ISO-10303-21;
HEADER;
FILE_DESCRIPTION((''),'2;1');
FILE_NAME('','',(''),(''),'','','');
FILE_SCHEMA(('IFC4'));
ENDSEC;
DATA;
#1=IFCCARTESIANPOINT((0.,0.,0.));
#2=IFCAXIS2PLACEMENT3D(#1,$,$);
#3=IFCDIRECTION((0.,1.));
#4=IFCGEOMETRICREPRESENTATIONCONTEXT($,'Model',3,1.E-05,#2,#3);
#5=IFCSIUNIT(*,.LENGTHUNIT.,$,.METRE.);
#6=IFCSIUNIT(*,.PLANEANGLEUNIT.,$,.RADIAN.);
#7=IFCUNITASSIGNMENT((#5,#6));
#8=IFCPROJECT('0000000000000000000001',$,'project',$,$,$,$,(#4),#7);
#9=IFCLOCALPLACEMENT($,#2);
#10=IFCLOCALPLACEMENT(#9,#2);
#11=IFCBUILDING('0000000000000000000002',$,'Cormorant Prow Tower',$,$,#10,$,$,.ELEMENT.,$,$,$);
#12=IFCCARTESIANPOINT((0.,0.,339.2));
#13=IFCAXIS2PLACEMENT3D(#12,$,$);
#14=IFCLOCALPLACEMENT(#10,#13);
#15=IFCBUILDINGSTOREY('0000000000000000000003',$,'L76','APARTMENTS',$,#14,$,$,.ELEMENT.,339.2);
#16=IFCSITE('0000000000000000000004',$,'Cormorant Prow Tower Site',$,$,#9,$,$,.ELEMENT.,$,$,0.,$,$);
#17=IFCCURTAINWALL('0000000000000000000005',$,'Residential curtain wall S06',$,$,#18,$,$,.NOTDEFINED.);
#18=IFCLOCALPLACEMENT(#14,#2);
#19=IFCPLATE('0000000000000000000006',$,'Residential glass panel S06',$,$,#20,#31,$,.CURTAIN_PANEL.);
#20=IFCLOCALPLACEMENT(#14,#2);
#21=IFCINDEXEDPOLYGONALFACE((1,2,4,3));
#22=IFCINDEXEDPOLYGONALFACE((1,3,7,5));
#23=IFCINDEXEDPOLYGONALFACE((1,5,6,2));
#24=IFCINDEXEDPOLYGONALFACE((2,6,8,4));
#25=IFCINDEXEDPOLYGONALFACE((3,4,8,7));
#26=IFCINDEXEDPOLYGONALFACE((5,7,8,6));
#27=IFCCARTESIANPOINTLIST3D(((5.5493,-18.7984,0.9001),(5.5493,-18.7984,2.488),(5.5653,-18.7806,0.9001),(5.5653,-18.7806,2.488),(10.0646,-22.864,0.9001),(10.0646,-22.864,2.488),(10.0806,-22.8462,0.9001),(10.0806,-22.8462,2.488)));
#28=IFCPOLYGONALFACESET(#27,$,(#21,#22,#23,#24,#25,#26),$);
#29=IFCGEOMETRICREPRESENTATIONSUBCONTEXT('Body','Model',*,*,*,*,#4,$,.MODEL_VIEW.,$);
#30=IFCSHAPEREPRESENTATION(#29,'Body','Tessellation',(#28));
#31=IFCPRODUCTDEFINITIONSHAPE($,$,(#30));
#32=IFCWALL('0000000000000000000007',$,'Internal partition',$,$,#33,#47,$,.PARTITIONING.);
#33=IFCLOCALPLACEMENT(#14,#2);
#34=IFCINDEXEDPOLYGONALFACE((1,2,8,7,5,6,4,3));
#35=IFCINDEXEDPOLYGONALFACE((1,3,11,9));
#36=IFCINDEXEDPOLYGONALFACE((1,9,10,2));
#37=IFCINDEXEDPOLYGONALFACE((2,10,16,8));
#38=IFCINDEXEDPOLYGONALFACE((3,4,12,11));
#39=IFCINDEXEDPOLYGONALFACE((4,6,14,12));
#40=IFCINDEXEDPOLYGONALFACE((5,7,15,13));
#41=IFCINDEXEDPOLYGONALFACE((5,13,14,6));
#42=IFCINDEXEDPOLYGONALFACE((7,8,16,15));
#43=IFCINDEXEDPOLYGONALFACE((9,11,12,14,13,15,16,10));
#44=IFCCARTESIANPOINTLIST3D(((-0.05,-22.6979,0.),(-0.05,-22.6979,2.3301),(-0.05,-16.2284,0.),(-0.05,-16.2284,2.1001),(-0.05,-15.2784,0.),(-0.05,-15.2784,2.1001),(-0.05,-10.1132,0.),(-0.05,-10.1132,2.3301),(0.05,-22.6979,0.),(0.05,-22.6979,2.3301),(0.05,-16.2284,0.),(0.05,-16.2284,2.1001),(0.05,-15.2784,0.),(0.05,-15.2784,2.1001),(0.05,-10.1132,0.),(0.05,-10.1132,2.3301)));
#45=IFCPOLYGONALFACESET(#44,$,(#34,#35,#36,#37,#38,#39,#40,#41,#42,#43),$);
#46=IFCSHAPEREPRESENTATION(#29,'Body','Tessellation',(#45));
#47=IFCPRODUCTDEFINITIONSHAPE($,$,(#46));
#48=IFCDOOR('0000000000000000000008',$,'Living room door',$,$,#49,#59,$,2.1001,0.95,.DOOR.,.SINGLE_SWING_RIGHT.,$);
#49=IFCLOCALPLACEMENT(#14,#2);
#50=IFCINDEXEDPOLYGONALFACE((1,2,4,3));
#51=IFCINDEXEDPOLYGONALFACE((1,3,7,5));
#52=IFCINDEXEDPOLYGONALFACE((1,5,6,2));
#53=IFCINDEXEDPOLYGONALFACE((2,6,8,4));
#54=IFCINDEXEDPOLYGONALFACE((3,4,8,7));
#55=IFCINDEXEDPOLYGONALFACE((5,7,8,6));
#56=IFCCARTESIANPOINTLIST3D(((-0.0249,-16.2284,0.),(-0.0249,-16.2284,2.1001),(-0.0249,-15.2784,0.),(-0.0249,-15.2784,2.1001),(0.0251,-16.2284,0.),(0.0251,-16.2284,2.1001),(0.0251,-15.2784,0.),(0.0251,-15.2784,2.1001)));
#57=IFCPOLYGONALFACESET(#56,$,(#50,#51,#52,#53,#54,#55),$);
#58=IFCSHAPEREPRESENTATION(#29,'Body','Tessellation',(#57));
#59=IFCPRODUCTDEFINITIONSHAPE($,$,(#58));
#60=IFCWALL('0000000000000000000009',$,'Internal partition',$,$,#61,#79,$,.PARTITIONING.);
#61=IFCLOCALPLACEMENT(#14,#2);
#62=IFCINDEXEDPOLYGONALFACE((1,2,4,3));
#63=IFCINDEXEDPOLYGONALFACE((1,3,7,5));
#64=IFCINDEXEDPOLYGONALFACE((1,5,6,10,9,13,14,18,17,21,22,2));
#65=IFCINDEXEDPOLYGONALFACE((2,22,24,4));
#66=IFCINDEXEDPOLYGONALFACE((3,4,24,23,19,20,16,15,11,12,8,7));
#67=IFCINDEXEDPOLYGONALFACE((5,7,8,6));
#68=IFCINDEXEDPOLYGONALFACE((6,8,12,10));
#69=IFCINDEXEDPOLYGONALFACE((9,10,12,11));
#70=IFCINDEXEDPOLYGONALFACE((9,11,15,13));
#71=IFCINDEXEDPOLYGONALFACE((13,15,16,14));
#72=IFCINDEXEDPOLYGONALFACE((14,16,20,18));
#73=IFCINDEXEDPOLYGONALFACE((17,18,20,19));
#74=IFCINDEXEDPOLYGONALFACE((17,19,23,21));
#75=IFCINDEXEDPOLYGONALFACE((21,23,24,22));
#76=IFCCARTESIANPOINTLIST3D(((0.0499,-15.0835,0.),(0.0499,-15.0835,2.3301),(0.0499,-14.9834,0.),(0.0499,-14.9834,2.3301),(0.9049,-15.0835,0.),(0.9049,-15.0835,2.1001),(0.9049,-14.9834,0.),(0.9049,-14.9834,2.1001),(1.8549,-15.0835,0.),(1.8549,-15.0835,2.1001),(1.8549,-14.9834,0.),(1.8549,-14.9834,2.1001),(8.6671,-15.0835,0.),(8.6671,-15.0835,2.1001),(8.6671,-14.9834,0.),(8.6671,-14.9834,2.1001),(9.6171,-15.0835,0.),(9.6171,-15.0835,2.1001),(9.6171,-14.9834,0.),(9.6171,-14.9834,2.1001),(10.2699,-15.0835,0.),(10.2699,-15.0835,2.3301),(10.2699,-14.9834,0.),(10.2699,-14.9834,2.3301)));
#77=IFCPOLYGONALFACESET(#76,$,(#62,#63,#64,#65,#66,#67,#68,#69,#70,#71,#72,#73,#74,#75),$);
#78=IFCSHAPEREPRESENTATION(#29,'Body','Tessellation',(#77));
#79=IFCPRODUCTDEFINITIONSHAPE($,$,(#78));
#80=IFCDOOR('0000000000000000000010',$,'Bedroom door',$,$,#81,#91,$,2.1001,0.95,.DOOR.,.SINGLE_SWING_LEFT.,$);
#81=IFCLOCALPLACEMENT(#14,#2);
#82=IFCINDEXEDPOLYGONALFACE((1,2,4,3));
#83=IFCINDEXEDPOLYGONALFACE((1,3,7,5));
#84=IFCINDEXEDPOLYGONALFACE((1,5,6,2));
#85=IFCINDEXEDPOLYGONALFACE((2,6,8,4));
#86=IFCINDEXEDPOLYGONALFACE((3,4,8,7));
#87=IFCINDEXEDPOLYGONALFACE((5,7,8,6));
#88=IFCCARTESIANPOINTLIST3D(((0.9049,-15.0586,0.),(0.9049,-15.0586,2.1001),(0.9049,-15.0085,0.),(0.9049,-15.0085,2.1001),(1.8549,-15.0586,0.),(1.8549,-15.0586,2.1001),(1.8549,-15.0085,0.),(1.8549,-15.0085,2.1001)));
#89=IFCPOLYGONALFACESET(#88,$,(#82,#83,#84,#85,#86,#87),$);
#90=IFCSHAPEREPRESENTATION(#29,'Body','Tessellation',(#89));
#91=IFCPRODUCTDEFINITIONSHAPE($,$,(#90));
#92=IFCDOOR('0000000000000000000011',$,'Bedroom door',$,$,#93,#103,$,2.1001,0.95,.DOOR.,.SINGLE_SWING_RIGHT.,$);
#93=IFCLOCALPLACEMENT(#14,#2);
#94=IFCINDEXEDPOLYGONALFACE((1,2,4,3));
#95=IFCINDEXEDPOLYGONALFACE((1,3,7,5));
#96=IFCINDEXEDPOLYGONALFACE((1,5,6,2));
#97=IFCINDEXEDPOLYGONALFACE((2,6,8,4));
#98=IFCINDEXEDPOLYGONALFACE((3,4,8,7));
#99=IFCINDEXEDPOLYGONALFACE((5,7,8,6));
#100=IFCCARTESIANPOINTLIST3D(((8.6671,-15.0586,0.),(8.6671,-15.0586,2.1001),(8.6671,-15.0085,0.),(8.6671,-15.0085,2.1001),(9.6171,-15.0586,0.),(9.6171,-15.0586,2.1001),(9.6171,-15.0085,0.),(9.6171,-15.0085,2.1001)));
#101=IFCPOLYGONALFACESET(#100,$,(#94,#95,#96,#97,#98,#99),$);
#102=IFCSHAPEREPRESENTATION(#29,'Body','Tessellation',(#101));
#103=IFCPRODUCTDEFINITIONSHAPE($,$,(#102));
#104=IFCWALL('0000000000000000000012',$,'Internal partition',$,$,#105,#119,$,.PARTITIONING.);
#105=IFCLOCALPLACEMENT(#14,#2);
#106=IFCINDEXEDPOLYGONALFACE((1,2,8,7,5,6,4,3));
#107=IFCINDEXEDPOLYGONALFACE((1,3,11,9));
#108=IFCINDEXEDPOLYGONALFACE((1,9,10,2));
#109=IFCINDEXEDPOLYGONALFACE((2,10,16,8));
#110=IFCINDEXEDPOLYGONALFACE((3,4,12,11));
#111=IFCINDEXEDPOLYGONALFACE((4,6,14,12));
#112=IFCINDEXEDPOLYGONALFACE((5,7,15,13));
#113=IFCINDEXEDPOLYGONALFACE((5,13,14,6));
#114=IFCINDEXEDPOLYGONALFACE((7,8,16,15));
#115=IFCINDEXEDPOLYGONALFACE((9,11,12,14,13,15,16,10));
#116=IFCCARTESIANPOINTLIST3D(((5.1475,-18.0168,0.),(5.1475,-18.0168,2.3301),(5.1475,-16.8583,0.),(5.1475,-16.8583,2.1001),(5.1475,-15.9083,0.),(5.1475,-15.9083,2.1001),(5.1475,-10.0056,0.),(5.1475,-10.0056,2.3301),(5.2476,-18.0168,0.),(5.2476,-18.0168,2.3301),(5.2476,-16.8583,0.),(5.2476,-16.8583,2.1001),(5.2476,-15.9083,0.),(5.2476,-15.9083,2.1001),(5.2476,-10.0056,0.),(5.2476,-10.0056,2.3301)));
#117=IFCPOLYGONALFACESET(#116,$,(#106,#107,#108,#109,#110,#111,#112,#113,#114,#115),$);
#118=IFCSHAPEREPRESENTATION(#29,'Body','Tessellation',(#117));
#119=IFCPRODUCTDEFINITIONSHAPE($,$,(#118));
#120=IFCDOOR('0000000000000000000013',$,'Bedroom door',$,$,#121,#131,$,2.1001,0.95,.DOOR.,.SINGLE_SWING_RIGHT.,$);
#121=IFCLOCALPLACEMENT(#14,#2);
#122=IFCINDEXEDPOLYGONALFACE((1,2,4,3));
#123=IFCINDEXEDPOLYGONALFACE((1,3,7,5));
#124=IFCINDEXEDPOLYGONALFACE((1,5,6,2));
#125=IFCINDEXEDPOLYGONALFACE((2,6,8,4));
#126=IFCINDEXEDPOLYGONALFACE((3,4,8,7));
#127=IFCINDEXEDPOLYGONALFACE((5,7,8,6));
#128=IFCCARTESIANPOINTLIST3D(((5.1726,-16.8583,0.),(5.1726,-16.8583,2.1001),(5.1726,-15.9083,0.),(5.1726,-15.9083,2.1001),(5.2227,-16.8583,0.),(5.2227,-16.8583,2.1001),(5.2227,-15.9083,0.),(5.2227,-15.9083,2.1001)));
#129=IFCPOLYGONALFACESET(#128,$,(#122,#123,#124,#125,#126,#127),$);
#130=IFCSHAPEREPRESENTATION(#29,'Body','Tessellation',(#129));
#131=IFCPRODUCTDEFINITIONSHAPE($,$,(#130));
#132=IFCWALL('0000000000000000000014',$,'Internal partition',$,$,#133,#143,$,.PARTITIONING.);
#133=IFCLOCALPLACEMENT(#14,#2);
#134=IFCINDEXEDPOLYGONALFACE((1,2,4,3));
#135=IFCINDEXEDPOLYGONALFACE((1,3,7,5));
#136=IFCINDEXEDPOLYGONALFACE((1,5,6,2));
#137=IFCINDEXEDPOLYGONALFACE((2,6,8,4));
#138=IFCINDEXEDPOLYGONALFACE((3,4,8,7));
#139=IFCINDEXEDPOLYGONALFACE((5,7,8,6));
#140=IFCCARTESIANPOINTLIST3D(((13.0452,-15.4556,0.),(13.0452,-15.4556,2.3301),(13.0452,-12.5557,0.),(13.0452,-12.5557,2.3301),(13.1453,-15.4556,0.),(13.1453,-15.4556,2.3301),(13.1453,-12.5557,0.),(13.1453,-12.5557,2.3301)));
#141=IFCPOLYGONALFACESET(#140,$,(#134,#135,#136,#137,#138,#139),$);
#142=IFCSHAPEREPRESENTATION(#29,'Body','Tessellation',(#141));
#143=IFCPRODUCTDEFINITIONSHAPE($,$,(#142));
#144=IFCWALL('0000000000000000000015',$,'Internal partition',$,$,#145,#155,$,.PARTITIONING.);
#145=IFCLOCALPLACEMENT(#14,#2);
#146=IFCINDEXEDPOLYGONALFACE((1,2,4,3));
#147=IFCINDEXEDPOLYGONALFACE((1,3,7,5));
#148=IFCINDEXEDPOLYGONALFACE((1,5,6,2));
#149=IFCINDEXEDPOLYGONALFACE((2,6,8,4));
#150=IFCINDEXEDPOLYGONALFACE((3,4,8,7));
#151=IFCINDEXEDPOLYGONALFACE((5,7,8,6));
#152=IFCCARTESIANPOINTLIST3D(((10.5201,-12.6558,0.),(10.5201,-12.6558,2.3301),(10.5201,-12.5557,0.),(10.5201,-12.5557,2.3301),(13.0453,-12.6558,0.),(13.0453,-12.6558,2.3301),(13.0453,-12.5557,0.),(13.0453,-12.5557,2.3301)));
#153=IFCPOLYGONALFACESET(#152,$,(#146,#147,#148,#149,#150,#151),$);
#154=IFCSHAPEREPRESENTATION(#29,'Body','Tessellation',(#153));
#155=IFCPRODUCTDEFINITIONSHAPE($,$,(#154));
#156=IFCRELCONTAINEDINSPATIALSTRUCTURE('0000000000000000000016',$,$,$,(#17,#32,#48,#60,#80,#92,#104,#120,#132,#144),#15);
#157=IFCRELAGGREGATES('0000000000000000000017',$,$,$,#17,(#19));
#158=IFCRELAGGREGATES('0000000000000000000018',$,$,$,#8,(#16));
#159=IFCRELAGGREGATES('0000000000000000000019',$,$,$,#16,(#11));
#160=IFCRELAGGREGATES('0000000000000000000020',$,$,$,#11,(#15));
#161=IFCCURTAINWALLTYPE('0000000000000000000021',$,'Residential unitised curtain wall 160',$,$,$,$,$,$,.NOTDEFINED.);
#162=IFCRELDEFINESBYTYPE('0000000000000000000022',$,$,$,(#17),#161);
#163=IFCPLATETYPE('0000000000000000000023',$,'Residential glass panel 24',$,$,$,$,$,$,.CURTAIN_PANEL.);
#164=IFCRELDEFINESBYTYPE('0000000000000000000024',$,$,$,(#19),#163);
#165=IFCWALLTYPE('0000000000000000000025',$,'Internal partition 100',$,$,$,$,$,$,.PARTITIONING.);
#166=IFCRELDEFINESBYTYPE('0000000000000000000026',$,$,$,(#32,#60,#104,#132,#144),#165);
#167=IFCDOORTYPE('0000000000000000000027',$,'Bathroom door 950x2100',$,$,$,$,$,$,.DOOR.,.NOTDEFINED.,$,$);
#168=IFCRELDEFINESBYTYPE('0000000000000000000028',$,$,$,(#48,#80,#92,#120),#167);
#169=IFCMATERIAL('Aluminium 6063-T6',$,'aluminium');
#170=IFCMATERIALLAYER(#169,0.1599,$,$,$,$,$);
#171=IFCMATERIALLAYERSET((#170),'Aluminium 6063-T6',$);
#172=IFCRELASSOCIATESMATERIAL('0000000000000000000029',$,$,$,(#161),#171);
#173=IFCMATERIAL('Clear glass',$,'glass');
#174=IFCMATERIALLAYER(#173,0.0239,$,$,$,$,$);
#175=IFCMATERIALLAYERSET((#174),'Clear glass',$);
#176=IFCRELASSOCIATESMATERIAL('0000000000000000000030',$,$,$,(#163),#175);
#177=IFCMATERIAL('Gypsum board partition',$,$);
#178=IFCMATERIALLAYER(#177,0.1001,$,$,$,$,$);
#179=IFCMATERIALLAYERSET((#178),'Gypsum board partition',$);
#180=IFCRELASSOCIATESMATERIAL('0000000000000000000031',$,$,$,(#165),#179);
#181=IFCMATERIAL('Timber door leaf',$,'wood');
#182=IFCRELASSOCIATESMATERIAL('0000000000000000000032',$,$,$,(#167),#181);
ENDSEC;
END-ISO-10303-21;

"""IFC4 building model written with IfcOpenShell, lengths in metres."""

from ifc_helpers import new_model, si_unit, direction, frame, frame_2d, origin, origin_2d, place, context, subcontext, project, spatial, rectangle, extrude, material, layer, layer_set, type_object, element, fill, aggregate, save


model = new_model("IFC4")

# Units and contexts
model_context = context("Model", 3, precision=1e-05, world=origin(), true_north=direction((0.0, 1.0)))
body_context = subcontext(model_context, "Body", "Model", "MODEL_VIEW")
ifc_project = project(units=[si_unit("LENGTHUNIT", "METRE"), si_unit("PLANEANGLEUNIT", "RADIAN")], contexts=[model_context])

# Site, building, storey
site_placement = place(None, origin())
site = spatial("IfcSite", under=ifc_project, at=site_placement, Name="Cormorant Prow Tower Site", CompositionType="ELEMENT", RefElevation=0.0)
building_placement = place(site_placement, origin())
building = spatial("IfcBuilding", under=site, at=building_placement, Name="Cormorant Prow Tower", CompositionType="ELEMENT")
storey_placement = place(building_placement, frame((0.0, 0.0, 339.2)))
storey = spatial("IfcBuildingStorey", under=building, at=storey_placement, Name="L76", Description="APARTMENTS", CompositionType="ELEMENT", Elevation=339.2)

# Curtain wall
ifc_material_1 = material(Name="Aluminium 6063-T6", Category="aluminium")
ifc_layer_1 = layer(ifc_material_1, 0.1599)
ifc_layer_set_1 = layer_set([ifc_layer_1], Name="Aluminium 6063-T6")
curtain_wall_type = type_object("IfcCurtainWallType", Name="Residential unitised curtain wall 160", PredefinedType="NOTDEFINED", material=ifc_layer_set_1)
curtain_wall_placement = place(storey_placement, origin())
curtain_wall = element("IfcCurtainWall", 1, at=curtain_wall_placement, inside=storey, type_object=curtain_wall_type, Name="Residential curtain wall S06", PredefinedType="NOTDEFINED")

# Plate
ifc_material_2 = material(Name="Clear glass", Category="glass")
ifc_layer_2 = layer(ifc_material_2, 0.0239)
ifc_layer_set_2 = layer_set([ifc_layer_2], Name="Clear glass")
plate_type = type_object("IfcPlateType", Name="Residential glass panel 24", PredefinedType="CURTAIN_PANEL", material=ifc_layer_set_2)
plate_placement = place(storey_placement, frame((7.8149, -20.8223, 0.9001), z_axis=(0.0, 0.0, 1.0), x_axis=(0.743145, -0.669131, 0.0)))
plate = element("IfcPlate", 2, at=plate_placement, type_object=plate_type, Name="Residential glass panel S06", PredefinedType="CURTAIN_PANEL", context=body_context, shape_type="SweptSolid", body=[
    extrude(rectangle(XDim=6.0759, YDim=0.0239, at=origin_2d()), origin(), (0.0, 0.0, 1.0), 1.5879),
])
aggregate(curtain_wall, [plate])

# Wall, opening, door
ifc_material_3 = material(Name="Gypsum board partition")
ifc_layer_3 = layer(ifc_material_3, 0.1001)
ifc_layer_set_3 = layer_set([ifc_layer_3], Name="Gypsum board partition")
wall_type_1 = type_object("IfcWallType", Name="Internal partition 100", PredefinedType="PARTITIONING", material=ifc_layer_set_3)
wall_1_placement = place(storey_placement, frame((0.0, -22.698, 0.0), z_axis=(0.0, 0.0, 1.0), x_axis=(0.0, 1.0, 0.0)))
wall_1 = element("IfcWall", 3, at=wall_1_placement, inside=storey, type_object=wall_type_1, Name="Internal partition", PredefinedType="PARTITIONING", context=body_context, shape_type="SweptSolid", body=[
    extrude(rectangle(XDim=12.5847, YDim=0.1001, at=frame_2d((6.2925, 0.0))), origin(), (0.0, 0.0, 1.0), 2.3301),
])
opening_1_placement = place(wall_1_placement, frame((6.4695, 0.0, 0.0)))
opening_1 = element("IfcOpeningElement", 4, at=opening_1_placement, cuts=wall_1, PredefinedType="OPENING", context=body_context, shape_type="SweptSolid", body=[
    extrude(rectangle(XDim=0.95, YDim=2.1001, at=frame_2d((0.4751, 1.05))), frame((0.0, 0.0601, 0.0), z_axis=(0.0, -1.0, 0.0), x_axis=(1.0, 0.0, 0.0)), (0.0, 0.0, 1.0), 0.1201),
])
ifc_material_4 = material(Name="Timber door leaf", Category="wood")
door_type_1 = type_object("IfcDoorType", Name="Bathroom door 950x2100", OperationType="NOTDEFINED", PredefinedType="DOOR", material=ifc_material_4)
door_1_placement = place(opening_1_placement, origin())
door_1 = element("IfcDoor", 5, at=door_1_placement, inside=storey, type_object=door_type_1, Name="Living room door", OperationType="SINGLE_SWING_RIGHT", OverallHeight=2.1001, OverallWidth=0.95, PredefinedType="DOOR", context=body_context, shape_type="SweptSolid", body=[
    extrude(rectangle(XDim=0.95, YDim=2.1001, at=frame_2d((0.4751, 1.05))), frame((0.0, 0.0249, 0.0), z_axis=(0.0, -1.0, 0.0), x_axis=(1.0, 0.0, 0.0)), (0.0, 0.0, 1.0), 0.05),
])
fill(opening_1, door_1)

# Wall, openings, doors
wall_2_placement = place(storey_placement, frame((0.05, -15.0334, 0.0), z_axis=(0.0, 0.0, 1.0), x_axis=(1.0, 0.0, 0.0)))
wall_2 = element("IfcWall", 6, at=wall_2_placement, inside=storey, type_object=wall_type_1, Name="Internal partition", PredefinedType="PARTITIONING", context=body_context, shape_type="SweptSolid", body=[
    extrude(rectangle(XDim=10.22, YDim=0.1001, at=frame_2d((5.1099, 0.0))), origin(), (0.0, 0.0, 1.0), 2.3301),
])
opening_2_placement = place(wall_2_placement, frame((0.8547, 0.0, 0.0)))
opening_2 = element("IfcOpeningElement", 7, at=opening_2_placement, cuts=wall_2, PredefinedType="OPENING", context=body_context, shape_type="SweptSolid", body=[
    extrude(rectangle(XDim=0.95, YDim=2.1001, at=frame_2d((0.4751, 1.05))), frame((0.0, 0.0601, 0.0), z_axis=(0.0, -1.0, 0.0), x_axis=(1.0, 0.0, 0.0)), (0.0, 0.0, 1.0), 0.1201),
])
opening_3_placement = place(wall_2_placement, frame((8.6169, 0.0, 0.0)))
opening_3 = element("IfcOpeningElement", 8, at=opening_3_placement, cuts=wall_2, PredefinedType="OPENING", context=body_context, shape_type="SweptSolid", body=[
    extrude(rectangle(XDim=0.95, YDim=2.1001, at=frame_2d((0.4751, 1.05))), frame((0.0, 0.0601, 0.0), z_axis=(0.0, -1.0, 0.0), x_axis=(1.0, 0.0, 0.0)), (0.0, 0.0, 1.0), 0.1201),
])
door_2_placement = place(opening_2_placement, origin())
door_2 = element("IfcDoor", 9, at=door_2_placement, inside=storey, type_object=door_type_1, Name="Bedroom door", OperationType="SINGLE_SWING_LEFT", OverallHeight=2.1001, OverallWidth=0.95, PredefinedType="DOOR", context=body_context, shape_type="SweptSolid", body=[
    extrude(rectangle(XDim=0.95, YDim=2.1001, at=frame_2d((0.4751, 1.05))), frame((0.0, 0.0249, 0.0), z_axis=(0.0, -1.0, 0.0), x_axis=(1.0, 0.0, 0.0)), (0.0, 0.0, 1.0), 0.05),
])
fill(opening_2, door_2)
door_3_placement = place(opening_3_placement, origin())
door_3 = element("IfcDoor", 10, at=door_3_placement, inside=storey, type_object=door_type_1, Name="Bedroom door", OperationType="SINGLE_SWING_RIGHT", OverallHeight=2.1001, OverallWidth=0.95, PredefinedType="DOOR", context=body_context, shape_type="SweptSolid", body=[
    extrude(rectangle(XDim=0.95, YDim=2.1001, at=frame_2d((0.4751, 1.05))), frame((0.0, 0.0249, 0.0), z_axis=(0.0, -1.0, 0.0), x_axis=(1.0, 0.0, 0.0)), (0.0, 0.0, 1.0), 0.05),
])
fill(opening_3, door_3)

# Wall, opening, door
wall_3_placement = place(storey_placement, frame((5.1975, -18.0168, 0.0), z_axis=(0.0, 0.0, 1.0), x_axis=(0.0, 1.0, 0.0)))
wall_3 = element("IfcWall", 11, at=wall_3_placement, inside=storey, type_object=wall_type_1, Name="Internal partition", PredefinedType="PARTITIONING", context=body_context, shape_type="SweptSolid", body=[
    extrude(rectangle(XDim=8.0112, YDim=0.1001, at=frame_2d((4.0056, 0.0))), origin(), (0.0, 0.0, 1.0), 2.3301),
])
opening_4_placement = place(wall_3_placement, frame((1.1584, 0.0, 0.0)))
opening_4 = element("IfcOpeningElement", 12, at=opening_4_placement, cuts=wall_3, PredefinedType="OPENING", context=body_context, shape_type="SweptSolid", body=[
    extrude(rectangle(XDim=0.95, YDim=2.1001, at=frame_2d((0.4751, 1.05))), frame((0.0, 0.0601, 0.0), z_axis=(0.0, -1.0, 0.0), x_axis=(1.0, 0.0, 0.0)), (0.0, 0.0, 1.0), 0.1201),
])
door_4_placement = place(opening_4_placement, origin())
door_4 = element("IfcDoor", 13, at=door_4_placement, inside=storey, type_object=door_type_1, Name="Bedroom door", OperationType="SINGLE_SWING_RIGHT", OverallHeight=2.1001, OverallWidth=0.95, PredefinedType="DOOR", context=body_context, shape_type="SweptSolid", body=[
    extrude(rectangle(XDim=0.95, YDim=2.1001, at=frame_2d((0.4751, 1.05))), frame((0.0, 0.0249, 0.0), z_axis=(0.0, -1.0, 0.0), x_axis=(1.0, 0.0, 0.0)), (0.0, 0.0, 1.0), 0.05),
])
fill(opening_4, door_4)

# Walls
wall_4_placement = place(storey_placement, frame((13.0952, -15.4556, 0.0), z_axis=(0.0, 0.0, 1.0), x_axis=(0.0, 1.0, 0.0)))
element("IfcWall", 14, at=wall_4_placement, inside=storey, type_object=wall_type_1, Name="Internal partition", PredefinedType="PARTITIONING", context=body_context, shape_type="SweptSolid", body=[
    extrude(rectangle(XDim=2.8999, YDim=0.1001, at=frame_2d((1.45, 0.0))), origin(), (0.0, 0.0, 1.0), 2.3301),
])
wall_5_placement = place(storey_placement, frame((10.52, -12.6057, 0.0), z_axis=(0.0, 0.0, 1.0), x_axis=(1.0, 0.0, 0.0)))
element("IfcWall", 15, at=wall_5_placement, inside=storey, type_object=wall_type_1, Name="Internal partition", PredefinedType="PARTITIONING", context=body_context, shape_type="SweptSolid", body=[
    extrude(rectangle(XDim=2.5251, YDim=0.1001, at=frame_2d((1.2627, 0.0))), origin(), (0.0, 0.0, 1.0), 2.3301),
])

save(model, "model.ifc")
